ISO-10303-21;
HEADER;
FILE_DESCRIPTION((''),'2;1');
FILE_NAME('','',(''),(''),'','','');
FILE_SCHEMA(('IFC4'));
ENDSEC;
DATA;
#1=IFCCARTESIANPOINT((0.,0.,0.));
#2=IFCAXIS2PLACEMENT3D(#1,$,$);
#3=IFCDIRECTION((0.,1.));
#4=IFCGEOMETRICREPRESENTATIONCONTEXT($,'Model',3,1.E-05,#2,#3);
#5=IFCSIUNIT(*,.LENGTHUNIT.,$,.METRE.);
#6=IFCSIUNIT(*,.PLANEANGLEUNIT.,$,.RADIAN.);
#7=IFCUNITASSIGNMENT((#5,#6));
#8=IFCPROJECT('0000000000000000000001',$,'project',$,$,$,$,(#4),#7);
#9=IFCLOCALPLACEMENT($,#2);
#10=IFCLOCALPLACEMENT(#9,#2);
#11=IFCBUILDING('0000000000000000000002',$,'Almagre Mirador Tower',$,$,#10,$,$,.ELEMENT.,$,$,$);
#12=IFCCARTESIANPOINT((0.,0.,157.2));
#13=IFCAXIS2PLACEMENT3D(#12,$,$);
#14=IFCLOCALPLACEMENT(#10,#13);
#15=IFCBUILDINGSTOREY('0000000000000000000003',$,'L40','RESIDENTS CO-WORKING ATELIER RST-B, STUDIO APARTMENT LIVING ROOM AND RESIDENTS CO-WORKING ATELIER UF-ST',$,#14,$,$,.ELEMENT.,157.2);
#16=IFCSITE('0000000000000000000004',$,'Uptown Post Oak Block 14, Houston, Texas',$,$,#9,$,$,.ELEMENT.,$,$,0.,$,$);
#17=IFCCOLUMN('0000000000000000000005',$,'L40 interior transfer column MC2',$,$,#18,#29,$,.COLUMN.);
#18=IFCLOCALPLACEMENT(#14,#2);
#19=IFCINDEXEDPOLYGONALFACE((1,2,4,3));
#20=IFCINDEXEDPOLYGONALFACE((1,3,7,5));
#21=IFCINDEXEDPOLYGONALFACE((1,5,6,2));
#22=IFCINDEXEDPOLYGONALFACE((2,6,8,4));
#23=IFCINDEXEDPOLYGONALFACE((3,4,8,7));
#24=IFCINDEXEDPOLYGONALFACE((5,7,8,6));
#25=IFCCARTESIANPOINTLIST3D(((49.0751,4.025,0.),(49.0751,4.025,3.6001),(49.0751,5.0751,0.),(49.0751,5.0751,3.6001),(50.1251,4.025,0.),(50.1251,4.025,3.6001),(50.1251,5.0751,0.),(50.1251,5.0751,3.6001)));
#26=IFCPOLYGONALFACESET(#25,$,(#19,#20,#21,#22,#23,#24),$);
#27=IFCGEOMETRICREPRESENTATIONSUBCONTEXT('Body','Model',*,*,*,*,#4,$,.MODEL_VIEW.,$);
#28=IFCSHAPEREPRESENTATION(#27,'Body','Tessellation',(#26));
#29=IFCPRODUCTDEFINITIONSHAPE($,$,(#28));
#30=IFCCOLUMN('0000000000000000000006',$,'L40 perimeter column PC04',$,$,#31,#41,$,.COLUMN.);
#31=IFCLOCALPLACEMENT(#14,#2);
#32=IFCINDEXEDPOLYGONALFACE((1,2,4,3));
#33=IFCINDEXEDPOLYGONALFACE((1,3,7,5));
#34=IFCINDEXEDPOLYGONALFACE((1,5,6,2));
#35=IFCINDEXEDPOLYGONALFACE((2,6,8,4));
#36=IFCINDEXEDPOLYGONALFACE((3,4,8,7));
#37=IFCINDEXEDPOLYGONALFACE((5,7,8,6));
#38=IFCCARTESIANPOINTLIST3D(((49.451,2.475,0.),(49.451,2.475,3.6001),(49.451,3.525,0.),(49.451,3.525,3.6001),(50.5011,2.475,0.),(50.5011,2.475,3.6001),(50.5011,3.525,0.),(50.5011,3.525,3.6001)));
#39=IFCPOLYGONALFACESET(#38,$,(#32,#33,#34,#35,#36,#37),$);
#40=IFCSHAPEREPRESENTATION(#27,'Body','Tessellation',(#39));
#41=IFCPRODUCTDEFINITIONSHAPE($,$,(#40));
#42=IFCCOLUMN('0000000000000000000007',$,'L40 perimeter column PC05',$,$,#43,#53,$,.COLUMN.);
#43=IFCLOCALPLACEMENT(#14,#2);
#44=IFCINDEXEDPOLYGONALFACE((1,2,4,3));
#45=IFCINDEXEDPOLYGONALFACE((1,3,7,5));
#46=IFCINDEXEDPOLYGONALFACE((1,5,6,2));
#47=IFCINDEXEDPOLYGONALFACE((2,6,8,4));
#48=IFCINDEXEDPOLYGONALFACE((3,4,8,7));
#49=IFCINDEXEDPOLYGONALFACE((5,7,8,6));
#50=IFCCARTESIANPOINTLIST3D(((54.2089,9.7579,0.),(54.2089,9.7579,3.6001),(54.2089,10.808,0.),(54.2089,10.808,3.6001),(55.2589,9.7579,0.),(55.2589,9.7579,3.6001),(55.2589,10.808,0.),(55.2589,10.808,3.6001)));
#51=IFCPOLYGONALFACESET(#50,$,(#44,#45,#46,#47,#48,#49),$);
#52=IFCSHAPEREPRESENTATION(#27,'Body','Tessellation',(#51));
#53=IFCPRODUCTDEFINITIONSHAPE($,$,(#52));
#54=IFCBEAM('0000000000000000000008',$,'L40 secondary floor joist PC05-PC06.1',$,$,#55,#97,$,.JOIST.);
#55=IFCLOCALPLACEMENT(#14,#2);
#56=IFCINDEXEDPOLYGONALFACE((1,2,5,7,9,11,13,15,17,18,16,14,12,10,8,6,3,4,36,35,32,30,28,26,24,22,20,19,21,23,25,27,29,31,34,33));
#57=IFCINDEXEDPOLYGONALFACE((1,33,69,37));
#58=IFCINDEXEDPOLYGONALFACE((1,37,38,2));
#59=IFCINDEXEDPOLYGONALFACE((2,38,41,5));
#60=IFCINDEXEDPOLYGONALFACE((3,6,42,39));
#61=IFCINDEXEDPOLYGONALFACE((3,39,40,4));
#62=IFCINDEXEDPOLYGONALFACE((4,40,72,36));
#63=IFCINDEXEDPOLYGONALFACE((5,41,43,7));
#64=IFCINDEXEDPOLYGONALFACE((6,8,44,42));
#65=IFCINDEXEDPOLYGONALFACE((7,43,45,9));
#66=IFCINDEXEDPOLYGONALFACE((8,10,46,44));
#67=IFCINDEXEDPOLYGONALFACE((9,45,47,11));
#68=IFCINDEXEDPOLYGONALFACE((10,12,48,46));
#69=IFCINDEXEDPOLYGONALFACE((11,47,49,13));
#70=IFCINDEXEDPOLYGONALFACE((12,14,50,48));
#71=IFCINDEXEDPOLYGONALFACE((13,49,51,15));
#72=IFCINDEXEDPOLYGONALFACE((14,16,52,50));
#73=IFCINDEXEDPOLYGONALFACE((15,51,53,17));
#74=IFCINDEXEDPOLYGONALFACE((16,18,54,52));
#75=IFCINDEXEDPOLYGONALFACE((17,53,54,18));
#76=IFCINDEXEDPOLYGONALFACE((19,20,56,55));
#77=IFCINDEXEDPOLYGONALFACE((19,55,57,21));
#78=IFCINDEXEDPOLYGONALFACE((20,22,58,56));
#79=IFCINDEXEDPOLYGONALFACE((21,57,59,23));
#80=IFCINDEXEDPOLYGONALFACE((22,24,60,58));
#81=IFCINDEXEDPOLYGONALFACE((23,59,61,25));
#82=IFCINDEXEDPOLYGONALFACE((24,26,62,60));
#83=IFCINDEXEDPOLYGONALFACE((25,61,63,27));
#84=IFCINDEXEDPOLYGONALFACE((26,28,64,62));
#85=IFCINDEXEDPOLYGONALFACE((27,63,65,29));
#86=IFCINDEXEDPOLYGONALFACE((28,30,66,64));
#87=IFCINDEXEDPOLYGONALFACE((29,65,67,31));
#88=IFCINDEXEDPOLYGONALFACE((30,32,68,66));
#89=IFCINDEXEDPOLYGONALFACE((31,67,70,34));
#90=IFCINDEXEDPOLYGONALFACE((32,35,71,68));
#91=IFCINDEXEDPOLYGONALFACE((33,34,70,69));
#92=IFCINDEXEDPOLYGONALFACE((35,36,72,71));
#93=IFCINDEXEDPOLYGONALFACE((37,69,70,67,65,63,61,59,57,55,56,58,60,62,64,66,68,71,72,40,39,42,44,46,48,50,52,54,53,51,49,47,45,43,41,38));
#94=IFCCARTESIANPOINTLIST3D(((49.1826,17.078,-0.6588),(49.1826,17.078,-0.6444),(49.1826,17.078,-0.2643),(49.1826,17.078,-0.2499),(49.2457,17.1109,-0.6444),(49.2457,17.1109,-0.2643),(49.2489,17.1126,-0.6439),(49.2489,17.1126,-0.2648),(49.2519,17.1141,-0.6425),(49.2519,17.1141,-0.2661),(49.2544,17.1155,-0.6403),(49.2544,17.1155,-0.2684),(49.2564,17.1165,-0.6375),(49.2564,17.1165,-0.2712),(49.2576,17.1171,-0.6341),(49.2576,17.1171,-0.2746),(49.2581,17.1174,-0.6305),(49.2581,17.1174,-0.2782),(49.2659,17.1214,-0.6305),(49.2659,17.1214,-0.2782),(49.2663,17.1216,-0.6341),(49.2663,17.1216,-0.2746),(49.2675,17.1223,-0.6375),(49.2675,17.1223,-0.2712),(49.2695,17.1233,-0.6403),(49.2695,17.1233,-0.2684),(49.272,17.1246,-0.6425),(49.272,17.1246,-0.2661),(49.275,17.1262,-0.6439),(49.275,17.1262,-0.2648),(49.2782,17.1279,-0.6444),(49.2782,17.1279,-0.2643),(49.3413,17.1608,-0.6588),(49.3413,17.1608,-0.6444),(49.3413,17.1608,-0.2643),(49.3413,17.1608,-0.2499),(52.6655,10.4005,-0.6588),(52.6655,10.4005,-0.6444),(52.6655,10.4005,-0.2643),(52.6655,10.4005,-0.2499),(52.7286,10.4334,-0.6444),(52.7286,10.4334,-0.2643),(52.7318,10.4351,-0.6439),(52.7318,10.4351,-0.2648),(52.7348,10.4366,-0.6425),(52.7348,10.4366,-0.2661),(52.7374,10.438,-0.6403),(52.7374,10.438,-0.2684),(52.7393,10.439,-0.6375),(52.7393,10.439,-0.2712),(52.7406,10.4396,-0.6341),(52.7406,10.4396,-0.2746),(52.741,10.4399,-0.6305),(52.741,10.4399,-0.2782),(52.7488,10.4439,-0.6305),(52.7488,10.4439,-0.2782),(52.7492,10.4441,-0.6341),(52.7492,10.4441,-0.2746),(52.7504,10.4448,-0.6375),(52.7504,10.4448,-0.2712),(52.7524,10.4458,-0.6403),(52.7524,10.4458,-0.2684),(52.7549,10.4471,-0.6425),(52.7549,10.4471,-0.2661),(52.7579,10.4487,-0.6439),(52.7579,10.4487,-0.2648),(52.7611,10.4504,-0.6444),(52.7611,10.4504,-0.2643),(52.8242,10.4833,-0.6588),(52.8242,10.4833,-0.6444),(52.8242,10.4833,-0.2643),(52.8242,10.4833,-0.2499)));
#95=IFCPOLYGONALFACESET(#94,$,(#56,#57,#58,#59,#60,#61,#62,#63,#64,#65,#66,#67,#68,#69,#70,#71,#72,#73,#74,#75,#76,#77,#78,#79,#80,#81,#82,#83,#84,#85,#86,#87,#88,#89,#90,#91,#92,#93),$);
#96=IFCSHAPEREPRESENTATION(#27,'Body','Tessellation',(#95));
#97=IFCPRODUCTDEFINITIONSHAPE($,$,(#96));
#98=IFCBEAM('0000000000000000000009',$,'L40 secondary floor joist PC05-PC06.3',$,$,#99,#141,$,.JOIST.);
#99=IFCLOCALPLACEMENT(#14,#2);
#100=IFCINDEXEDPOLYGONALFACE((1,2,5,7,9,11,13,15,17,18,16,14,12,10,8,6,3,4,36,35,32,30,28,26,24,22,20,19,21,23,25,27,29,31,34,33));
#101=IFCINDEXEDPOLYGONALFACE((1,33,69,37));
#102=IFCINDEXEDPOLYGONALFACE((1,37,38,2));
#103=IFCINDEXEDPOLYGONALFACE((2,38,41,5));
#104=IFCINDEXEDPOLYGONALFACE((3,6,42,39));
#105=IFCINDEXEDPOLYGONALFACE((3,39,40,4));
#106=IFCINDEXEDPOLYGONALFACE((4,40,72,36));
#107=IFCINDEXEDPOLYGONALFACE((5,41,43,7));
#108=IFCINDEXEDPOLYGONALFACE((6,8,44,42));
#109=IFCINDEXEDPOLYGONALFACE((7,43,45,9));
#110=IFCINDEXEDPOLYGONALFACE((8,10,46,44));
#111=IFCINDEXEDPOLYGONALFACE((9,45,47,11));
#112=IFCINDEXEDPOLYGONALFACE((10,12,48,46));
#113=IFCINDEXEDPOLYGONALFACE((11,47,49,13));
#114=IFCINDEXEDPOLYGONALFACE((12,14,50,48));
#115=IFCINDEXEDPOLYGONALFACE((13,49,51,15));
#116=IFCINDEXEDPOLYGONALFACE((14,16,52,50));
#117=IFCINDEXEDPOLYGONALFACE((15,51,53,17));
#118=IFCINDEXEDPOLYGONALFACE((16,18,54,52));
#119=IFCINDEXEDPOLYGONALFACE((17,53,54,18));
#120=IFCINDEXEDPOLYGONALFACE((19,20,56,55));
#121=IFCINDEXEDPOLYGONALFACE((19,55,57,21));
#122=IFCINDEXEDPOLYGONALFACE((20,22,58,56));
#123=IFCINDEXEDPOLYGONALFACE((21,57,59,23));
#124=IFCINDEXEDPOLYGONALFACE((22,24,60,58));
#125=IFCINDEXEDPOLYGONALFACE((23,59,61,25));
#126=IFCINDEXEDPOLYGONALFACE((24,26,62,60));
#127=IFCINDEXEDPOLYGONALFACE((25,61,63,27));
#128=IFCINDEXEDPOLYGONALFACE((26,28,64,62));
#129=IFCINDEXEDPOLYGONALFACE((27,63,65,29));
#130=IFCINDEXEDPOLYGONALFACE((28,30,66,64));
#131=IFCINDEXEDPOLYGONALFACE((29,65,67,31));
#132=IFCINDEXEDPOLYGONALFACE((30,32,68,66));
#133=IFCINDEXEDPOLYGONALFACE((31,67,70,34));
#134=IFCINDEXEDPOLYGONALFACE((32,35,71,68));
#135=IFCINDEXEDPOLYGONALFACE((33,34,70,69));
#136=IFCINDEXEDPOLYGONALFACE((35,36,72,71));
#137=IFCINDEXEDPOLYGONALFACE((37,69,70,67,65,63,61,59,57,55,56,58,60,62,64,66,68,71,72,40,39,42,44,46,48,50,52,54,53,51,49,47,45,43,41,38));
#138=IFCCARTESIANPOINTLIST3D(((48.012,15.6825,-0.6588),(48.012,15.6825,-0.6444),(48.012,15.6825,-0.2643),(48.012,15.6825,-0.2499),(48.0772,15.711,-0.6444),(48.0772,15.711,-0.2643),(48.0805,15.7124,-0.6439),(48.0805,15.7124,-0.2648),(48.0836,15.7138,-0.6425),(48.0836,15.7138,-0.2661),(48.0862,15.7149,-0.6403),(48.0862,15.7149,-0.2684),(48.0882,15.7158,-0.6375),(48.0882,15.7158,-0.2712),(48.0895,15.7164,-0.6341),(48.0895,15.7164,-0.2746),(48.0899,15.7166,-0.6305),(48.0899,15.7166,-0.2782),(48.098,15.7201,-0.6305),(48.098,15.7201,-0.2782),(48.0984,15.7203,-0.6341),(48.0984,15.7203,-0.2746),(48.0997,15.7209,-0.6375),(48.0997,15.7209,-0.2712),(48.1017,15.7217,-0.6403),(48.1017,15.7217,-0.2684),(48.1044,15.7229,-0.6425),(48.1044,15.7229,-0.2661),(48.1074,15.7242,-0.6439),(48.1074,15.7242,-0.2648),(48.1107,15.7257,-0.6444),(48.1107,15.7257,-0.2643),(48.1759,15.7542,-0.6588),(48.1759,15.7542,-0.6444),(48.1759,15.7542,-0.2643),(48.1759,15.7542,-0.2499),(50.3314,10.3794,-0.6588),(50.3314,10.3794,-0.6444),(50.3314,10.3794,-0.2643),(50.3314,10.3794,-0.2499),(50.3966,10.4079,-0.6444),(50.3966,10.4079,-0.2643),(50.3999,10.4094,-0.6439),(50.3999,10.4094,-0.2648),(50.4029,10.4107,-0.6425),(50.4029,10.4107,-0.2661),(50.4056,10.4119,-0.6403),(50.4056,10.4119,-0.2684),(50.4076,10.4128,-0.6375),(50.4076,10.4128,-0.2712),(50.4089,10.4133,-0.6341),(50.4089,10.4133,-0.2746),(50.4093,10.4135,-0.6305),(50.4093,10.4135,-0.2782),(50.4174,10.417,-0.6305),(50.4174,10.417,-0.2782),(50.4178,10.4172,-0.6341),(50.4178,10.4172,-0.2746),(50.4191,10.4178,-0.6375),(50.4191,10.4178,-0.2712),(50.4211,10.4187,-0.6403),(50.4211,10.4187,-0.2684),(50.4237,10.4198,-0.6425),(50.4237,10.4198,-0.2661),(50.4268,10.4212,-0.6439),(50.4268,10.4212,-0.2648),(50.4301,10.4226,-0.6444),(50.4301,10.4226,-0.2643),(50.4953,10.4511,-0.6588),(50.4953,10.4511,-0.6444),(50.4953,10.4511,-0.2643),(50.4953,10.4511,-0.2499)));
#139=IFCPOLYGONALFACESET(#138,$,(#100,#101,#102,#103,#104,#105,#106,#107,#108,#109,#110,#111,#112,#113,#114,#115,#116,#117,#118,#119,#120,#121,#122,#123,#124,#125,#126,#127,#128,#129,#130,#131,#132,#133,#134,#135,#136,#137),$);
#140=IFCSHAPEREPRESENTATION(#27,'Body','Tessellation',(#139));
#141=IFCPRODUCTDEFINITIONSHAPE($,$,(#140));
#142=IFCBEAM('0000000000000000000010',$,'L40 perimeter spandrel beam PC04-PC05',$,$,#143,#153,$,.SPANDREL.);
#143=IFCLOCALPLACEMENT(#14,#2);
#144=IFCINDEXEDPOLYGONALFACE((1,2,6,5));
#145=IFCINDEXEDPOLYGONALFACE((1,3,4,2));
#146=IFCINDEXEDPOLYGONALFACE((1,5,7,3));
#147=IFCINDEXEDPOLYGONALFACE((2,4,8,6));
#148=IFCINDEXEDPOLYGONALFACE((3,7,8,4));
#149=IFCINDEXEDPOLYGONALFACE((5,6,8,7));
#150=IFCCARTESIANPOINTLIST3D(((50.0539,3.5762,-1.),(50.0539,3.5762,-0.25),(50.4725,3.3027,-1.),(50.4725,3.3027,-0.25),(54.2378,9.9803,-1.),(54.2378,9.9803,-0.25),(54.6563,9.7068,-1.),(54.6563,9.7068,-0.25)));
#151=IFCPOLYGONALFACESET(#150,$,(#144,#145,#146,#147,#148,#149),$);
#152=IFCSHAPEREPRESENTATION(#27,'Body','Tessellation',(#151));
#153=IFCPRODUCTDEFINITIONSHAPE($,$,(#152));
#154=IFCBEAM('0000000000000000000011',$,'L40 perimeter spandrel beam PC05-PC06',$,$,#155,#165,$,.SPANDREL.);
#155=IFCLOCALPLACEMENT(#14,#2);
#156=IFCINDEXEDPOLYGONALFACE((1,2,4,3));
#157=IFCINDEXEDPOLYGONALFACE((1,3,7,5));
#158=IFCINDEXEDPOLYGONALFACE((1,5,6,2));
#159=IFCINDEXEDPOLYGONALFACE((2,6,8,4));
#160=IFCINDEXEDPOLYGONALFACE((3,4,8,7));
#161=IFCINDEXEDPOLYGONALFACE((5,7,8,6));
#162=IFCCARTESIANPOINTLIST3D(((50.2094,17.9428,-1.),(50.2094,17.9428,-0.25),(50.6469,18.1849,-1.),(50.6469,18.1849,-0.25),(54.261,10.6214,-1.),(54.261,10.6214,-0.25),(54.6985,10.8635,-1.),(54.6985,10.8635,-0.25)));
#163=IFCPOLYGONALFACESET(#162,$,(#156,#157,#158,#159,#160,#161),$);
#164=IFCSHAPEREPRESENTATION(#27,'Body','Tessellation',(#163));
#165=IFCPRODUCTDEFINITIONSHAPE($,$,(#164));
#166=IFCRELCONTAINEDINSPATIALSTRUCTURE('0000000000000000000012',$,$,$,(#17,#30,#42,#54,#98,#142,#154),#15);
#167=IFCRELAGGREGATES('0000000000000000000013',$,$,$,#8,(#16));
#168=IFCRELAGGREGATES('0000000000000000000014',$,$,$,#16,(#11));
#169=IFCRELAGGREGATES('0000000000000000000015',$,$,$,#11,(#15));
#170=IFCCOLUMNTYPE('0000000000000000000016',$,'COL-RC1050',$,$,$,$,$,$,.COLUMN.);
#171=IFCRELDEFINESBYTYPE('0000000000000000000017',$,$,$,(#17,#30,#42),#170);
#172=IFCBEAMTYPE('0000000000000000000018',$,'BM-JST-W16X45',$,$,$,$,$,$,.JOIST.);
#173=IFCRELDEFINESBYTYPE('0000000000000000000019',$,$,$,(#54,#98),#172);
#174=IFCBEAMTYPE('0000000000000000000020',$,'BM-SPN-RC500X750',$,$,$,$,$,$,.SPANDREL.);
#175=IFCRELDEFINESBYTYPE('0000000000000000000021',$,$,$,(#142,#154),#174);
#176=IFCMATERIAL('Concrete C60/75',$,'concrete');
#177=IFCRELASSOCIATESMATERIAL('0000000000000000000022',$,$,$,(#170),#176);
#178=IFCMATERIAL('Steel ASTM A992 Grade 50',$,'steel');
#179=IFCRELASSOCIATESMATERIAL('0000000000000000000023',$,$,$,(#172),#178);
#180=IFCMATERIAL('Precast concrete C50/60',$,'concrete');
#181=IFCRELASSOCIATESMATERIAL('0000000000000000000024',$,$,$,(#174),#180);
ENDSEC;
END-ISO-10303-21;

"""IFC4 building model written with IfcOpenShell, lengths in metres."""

from ifc_helpers import new_model, si_unit, direction, frame, origin, origin_2d, place, context, subcontext, project, spatial, rectangle, i_section, extrude, material, material_profile, profile_set, type_object, element, save


model = new_model("IFC4")

# Units and contexts
model_context = context("Model", 3, precision=1e-05, world=origin(), true_north=direction((0.0, 1.0)))
body_context = subcontext(model_context, "Body", "Model", "MODEL_VIEW")
ifc_project = project(units=[si_unit("LENGTHUNIT", "METRE"), si_unit("PLANEANGLEUNIT", "RADIAN")], contexts=[model_context])

# Site, building, storey
site_placement = place(None, origin())
site = spatial("IfcSite", under=ifc_project, at=site_placement, Name="Uptown Post Oak Block 14, Houston, Texas", CompositionType="ELEMENT", RefElevation=0.0)
building_placement = place(site_placement, origin())
building = spatial("IfcBuilding", under=site, at=building_placement, Name="Almagre Mirador Tower", CompositionType="ELEMENT")
storey_placement = place(building_placement, frame((0.0, 0.0, 157.2)))
storey = spatial("IfcBuildingStorey", under=building, at=storey_placement, Name="L40", Description="RESIDENTS CO-WORKING ATELIER RST-B, STUDIO APARTMENT LIVING ROOM AND RESIDENTS CO-WORKING ATELIER UF-ST", CompositionType="ELEMENT", Elevation=157.2)

# Columns
ifc_material_1 = material(Name="Concrete C60/75", Category="concrete")
ifc_material_profile_1 = material_profile(ifc_material_1, rectangle(XDim=1.05, YDim=1.05, at=origin_2d()), Name="RC1050X1050")
ifc_profile_set_1 = profile_set([ifc_material_profile_1], Name="Concrete C60/75")
column_type = type_object("IfcColumnType", Name="COL-RC1050", PredefinedType="COLUMN", material=ifc_profile_set_1)
for number, where, z_axis, x_axis, name in (
    (1, (49.6001, 4.55, 0.0), (0.0, 0.0, 1.0), (1.0, 0.0, 0.0), "L40 interior transfer column MC2"),
    (2, (49.9761, 3.0, 0.0), (0.0, 0.0, 1.0), (1.0, 0.0, 0.0), "L40 perimeter column PC04"),
    (3, (54.7339, 10.283, 0.0), (0.0, 0.0, 1.0), (1.0, 0.0, 0.0), "L40 perimeter column PC05"),
):
    element("IfcColumn", number, at=place(storey_placement, frame(where, z_axis=z_axis, x_axis=x_axis)), inside=storey, type_object=column_type, Name=name, PredefinedType="COLUMN", context=body_context, shape_type="SweptSolid", body=[
        extrude(rectangle(XDim=1.05, YDim=1.05, at=origin_2d()), origin(), (0.0, 0.0, 1.0), 3.6001),
    ])

# Beams
ifc_material_2 = material(Name="Steel ASTM A992 Grade 50", Category="steel")
ifc_material_profile_2 = material_profile(ifc_material_2, i_section(OverallWidth=0.179, OverallDepth=0.4089, WebThickness=0.0088, FlangeThickness=0.0144, FilletRadius=0.0139, at=origin_2d()), Name="W16X45")
ifc_profile_set_2 = profile_set([ifc_material_profile_2], Name="Steel ASTM A992 Grade 50")
beam_type_1 = type_object("IfcBeamType", Name="BM-JST-W16X45", PredefinedType="JOIST", material=ifc_profile_set_2)
beam_1_placement = place(storey_placement, frame((52.7449, 10.4419, -0.4543), z_axis=(-0.462462, 0.886639, 0.0), x_axis=(-0.886639, -0.462462, 0.0)))
element("IfcBeam", 4, at=beam_1_placement, inside=storey, type_object=beam_type_1, Name="L40 secondary floor joist PC05-PC06.1", PredefinedType="JOIST", context=body_context, shape_type="SweptSolid", body=[
    extrude(i_section(OverallWidth=0.179, OverallDepth=0.4089, WebThickness=0.0088, FlangeThickness=0.0144, FilletRadius=0.0139, at=origin_2d()), origin(), (0.0, 0.0, 1.0), 7.5312),
])
beam_2_placement = place(storey_placement, frame((50.4133, 10.4153, -0.4543), z_axis=(-0.400715, 0.916203, 0.0), x_axis=(-0.916203, -0.400715, 0.0)))
element("IfcBeam", 5, at=beam_2_placement, inside=storey, type_object=beam_type_1, Name="L40 secondary floor joist PC05-PC06.3", PredefinedType="JOIST", context=body_context, shape_type="SweptSolid", body=[
    extrude(i_section(OverallWidth=0.179, OverallDepth=0.4089, WebThickness=0.0088, FlangeThickness=0.0144, FilletRadius=0.0139, at=origin_2d()), origin(), (0.0, 0.0, 1.0), 5.7881),
])
ifc_material_3 = material(Name="Precast concrete C50/60", Category="concrete")
ifc_material_profile_3 = material_profile(ifc_material_3, rectangle(XDim=0.5, YDim=0.75, at=origin_2d()), Name="RC500X750")
ifc_profile_set_3 = profile_set([ifc_material_profile_3], Name="Precast concrete C50/60")
beam_type_2 = type_object("IfcBeamType", Name="BM-SPN-RC500X750", PredefinedType="SPANDREL", material=ifc_profile_set_3)
beam_3_placement = place(storey_placement, frame((50.2632, 3.4395, -0.625), z_axis=(0.546935, 0.837175, 0.0), x_axis=(-0.837175, 0.546935, 0.0)))
element("IfcBeam", 6, at=beam_3_placement, inside=storey, type_object=beam_type_2, Name="L40 perimeter spandrel beam PC04-PC05", PredefinedType="SPANDREL", context=body_context, shape_type="SweptSolid", body=[
    extrude(rectangle(XDim=0.5, YDim=0.75, at=origin_2d()), origin(), (0.0, 0.0, 1.0), 7.6497),
])
beam_4_placement = place(storey_placement, frame((54.4797, 10.7424, -0.625), z_axis=(-0.484193, 0.874961, 0.0), x_axis=(-0.874961, -0.484193, 0.0)))
element("IfcBeam", 7, at=beam_4_placement, inside=storey, type_object=beam_type_2, Name="L40 perimeter spandrel beam PC05-PC06", PredefinedType="SPANDREL", context=body_context, shape_type="SweptSolid", body=[
    extrude(rectangle(XDim=0.5, YDim=0.75, at=origin_2d()), origin(), (0.0, 0.0, 1.0), 8.3677),
])

save(model, "model.ifc")
